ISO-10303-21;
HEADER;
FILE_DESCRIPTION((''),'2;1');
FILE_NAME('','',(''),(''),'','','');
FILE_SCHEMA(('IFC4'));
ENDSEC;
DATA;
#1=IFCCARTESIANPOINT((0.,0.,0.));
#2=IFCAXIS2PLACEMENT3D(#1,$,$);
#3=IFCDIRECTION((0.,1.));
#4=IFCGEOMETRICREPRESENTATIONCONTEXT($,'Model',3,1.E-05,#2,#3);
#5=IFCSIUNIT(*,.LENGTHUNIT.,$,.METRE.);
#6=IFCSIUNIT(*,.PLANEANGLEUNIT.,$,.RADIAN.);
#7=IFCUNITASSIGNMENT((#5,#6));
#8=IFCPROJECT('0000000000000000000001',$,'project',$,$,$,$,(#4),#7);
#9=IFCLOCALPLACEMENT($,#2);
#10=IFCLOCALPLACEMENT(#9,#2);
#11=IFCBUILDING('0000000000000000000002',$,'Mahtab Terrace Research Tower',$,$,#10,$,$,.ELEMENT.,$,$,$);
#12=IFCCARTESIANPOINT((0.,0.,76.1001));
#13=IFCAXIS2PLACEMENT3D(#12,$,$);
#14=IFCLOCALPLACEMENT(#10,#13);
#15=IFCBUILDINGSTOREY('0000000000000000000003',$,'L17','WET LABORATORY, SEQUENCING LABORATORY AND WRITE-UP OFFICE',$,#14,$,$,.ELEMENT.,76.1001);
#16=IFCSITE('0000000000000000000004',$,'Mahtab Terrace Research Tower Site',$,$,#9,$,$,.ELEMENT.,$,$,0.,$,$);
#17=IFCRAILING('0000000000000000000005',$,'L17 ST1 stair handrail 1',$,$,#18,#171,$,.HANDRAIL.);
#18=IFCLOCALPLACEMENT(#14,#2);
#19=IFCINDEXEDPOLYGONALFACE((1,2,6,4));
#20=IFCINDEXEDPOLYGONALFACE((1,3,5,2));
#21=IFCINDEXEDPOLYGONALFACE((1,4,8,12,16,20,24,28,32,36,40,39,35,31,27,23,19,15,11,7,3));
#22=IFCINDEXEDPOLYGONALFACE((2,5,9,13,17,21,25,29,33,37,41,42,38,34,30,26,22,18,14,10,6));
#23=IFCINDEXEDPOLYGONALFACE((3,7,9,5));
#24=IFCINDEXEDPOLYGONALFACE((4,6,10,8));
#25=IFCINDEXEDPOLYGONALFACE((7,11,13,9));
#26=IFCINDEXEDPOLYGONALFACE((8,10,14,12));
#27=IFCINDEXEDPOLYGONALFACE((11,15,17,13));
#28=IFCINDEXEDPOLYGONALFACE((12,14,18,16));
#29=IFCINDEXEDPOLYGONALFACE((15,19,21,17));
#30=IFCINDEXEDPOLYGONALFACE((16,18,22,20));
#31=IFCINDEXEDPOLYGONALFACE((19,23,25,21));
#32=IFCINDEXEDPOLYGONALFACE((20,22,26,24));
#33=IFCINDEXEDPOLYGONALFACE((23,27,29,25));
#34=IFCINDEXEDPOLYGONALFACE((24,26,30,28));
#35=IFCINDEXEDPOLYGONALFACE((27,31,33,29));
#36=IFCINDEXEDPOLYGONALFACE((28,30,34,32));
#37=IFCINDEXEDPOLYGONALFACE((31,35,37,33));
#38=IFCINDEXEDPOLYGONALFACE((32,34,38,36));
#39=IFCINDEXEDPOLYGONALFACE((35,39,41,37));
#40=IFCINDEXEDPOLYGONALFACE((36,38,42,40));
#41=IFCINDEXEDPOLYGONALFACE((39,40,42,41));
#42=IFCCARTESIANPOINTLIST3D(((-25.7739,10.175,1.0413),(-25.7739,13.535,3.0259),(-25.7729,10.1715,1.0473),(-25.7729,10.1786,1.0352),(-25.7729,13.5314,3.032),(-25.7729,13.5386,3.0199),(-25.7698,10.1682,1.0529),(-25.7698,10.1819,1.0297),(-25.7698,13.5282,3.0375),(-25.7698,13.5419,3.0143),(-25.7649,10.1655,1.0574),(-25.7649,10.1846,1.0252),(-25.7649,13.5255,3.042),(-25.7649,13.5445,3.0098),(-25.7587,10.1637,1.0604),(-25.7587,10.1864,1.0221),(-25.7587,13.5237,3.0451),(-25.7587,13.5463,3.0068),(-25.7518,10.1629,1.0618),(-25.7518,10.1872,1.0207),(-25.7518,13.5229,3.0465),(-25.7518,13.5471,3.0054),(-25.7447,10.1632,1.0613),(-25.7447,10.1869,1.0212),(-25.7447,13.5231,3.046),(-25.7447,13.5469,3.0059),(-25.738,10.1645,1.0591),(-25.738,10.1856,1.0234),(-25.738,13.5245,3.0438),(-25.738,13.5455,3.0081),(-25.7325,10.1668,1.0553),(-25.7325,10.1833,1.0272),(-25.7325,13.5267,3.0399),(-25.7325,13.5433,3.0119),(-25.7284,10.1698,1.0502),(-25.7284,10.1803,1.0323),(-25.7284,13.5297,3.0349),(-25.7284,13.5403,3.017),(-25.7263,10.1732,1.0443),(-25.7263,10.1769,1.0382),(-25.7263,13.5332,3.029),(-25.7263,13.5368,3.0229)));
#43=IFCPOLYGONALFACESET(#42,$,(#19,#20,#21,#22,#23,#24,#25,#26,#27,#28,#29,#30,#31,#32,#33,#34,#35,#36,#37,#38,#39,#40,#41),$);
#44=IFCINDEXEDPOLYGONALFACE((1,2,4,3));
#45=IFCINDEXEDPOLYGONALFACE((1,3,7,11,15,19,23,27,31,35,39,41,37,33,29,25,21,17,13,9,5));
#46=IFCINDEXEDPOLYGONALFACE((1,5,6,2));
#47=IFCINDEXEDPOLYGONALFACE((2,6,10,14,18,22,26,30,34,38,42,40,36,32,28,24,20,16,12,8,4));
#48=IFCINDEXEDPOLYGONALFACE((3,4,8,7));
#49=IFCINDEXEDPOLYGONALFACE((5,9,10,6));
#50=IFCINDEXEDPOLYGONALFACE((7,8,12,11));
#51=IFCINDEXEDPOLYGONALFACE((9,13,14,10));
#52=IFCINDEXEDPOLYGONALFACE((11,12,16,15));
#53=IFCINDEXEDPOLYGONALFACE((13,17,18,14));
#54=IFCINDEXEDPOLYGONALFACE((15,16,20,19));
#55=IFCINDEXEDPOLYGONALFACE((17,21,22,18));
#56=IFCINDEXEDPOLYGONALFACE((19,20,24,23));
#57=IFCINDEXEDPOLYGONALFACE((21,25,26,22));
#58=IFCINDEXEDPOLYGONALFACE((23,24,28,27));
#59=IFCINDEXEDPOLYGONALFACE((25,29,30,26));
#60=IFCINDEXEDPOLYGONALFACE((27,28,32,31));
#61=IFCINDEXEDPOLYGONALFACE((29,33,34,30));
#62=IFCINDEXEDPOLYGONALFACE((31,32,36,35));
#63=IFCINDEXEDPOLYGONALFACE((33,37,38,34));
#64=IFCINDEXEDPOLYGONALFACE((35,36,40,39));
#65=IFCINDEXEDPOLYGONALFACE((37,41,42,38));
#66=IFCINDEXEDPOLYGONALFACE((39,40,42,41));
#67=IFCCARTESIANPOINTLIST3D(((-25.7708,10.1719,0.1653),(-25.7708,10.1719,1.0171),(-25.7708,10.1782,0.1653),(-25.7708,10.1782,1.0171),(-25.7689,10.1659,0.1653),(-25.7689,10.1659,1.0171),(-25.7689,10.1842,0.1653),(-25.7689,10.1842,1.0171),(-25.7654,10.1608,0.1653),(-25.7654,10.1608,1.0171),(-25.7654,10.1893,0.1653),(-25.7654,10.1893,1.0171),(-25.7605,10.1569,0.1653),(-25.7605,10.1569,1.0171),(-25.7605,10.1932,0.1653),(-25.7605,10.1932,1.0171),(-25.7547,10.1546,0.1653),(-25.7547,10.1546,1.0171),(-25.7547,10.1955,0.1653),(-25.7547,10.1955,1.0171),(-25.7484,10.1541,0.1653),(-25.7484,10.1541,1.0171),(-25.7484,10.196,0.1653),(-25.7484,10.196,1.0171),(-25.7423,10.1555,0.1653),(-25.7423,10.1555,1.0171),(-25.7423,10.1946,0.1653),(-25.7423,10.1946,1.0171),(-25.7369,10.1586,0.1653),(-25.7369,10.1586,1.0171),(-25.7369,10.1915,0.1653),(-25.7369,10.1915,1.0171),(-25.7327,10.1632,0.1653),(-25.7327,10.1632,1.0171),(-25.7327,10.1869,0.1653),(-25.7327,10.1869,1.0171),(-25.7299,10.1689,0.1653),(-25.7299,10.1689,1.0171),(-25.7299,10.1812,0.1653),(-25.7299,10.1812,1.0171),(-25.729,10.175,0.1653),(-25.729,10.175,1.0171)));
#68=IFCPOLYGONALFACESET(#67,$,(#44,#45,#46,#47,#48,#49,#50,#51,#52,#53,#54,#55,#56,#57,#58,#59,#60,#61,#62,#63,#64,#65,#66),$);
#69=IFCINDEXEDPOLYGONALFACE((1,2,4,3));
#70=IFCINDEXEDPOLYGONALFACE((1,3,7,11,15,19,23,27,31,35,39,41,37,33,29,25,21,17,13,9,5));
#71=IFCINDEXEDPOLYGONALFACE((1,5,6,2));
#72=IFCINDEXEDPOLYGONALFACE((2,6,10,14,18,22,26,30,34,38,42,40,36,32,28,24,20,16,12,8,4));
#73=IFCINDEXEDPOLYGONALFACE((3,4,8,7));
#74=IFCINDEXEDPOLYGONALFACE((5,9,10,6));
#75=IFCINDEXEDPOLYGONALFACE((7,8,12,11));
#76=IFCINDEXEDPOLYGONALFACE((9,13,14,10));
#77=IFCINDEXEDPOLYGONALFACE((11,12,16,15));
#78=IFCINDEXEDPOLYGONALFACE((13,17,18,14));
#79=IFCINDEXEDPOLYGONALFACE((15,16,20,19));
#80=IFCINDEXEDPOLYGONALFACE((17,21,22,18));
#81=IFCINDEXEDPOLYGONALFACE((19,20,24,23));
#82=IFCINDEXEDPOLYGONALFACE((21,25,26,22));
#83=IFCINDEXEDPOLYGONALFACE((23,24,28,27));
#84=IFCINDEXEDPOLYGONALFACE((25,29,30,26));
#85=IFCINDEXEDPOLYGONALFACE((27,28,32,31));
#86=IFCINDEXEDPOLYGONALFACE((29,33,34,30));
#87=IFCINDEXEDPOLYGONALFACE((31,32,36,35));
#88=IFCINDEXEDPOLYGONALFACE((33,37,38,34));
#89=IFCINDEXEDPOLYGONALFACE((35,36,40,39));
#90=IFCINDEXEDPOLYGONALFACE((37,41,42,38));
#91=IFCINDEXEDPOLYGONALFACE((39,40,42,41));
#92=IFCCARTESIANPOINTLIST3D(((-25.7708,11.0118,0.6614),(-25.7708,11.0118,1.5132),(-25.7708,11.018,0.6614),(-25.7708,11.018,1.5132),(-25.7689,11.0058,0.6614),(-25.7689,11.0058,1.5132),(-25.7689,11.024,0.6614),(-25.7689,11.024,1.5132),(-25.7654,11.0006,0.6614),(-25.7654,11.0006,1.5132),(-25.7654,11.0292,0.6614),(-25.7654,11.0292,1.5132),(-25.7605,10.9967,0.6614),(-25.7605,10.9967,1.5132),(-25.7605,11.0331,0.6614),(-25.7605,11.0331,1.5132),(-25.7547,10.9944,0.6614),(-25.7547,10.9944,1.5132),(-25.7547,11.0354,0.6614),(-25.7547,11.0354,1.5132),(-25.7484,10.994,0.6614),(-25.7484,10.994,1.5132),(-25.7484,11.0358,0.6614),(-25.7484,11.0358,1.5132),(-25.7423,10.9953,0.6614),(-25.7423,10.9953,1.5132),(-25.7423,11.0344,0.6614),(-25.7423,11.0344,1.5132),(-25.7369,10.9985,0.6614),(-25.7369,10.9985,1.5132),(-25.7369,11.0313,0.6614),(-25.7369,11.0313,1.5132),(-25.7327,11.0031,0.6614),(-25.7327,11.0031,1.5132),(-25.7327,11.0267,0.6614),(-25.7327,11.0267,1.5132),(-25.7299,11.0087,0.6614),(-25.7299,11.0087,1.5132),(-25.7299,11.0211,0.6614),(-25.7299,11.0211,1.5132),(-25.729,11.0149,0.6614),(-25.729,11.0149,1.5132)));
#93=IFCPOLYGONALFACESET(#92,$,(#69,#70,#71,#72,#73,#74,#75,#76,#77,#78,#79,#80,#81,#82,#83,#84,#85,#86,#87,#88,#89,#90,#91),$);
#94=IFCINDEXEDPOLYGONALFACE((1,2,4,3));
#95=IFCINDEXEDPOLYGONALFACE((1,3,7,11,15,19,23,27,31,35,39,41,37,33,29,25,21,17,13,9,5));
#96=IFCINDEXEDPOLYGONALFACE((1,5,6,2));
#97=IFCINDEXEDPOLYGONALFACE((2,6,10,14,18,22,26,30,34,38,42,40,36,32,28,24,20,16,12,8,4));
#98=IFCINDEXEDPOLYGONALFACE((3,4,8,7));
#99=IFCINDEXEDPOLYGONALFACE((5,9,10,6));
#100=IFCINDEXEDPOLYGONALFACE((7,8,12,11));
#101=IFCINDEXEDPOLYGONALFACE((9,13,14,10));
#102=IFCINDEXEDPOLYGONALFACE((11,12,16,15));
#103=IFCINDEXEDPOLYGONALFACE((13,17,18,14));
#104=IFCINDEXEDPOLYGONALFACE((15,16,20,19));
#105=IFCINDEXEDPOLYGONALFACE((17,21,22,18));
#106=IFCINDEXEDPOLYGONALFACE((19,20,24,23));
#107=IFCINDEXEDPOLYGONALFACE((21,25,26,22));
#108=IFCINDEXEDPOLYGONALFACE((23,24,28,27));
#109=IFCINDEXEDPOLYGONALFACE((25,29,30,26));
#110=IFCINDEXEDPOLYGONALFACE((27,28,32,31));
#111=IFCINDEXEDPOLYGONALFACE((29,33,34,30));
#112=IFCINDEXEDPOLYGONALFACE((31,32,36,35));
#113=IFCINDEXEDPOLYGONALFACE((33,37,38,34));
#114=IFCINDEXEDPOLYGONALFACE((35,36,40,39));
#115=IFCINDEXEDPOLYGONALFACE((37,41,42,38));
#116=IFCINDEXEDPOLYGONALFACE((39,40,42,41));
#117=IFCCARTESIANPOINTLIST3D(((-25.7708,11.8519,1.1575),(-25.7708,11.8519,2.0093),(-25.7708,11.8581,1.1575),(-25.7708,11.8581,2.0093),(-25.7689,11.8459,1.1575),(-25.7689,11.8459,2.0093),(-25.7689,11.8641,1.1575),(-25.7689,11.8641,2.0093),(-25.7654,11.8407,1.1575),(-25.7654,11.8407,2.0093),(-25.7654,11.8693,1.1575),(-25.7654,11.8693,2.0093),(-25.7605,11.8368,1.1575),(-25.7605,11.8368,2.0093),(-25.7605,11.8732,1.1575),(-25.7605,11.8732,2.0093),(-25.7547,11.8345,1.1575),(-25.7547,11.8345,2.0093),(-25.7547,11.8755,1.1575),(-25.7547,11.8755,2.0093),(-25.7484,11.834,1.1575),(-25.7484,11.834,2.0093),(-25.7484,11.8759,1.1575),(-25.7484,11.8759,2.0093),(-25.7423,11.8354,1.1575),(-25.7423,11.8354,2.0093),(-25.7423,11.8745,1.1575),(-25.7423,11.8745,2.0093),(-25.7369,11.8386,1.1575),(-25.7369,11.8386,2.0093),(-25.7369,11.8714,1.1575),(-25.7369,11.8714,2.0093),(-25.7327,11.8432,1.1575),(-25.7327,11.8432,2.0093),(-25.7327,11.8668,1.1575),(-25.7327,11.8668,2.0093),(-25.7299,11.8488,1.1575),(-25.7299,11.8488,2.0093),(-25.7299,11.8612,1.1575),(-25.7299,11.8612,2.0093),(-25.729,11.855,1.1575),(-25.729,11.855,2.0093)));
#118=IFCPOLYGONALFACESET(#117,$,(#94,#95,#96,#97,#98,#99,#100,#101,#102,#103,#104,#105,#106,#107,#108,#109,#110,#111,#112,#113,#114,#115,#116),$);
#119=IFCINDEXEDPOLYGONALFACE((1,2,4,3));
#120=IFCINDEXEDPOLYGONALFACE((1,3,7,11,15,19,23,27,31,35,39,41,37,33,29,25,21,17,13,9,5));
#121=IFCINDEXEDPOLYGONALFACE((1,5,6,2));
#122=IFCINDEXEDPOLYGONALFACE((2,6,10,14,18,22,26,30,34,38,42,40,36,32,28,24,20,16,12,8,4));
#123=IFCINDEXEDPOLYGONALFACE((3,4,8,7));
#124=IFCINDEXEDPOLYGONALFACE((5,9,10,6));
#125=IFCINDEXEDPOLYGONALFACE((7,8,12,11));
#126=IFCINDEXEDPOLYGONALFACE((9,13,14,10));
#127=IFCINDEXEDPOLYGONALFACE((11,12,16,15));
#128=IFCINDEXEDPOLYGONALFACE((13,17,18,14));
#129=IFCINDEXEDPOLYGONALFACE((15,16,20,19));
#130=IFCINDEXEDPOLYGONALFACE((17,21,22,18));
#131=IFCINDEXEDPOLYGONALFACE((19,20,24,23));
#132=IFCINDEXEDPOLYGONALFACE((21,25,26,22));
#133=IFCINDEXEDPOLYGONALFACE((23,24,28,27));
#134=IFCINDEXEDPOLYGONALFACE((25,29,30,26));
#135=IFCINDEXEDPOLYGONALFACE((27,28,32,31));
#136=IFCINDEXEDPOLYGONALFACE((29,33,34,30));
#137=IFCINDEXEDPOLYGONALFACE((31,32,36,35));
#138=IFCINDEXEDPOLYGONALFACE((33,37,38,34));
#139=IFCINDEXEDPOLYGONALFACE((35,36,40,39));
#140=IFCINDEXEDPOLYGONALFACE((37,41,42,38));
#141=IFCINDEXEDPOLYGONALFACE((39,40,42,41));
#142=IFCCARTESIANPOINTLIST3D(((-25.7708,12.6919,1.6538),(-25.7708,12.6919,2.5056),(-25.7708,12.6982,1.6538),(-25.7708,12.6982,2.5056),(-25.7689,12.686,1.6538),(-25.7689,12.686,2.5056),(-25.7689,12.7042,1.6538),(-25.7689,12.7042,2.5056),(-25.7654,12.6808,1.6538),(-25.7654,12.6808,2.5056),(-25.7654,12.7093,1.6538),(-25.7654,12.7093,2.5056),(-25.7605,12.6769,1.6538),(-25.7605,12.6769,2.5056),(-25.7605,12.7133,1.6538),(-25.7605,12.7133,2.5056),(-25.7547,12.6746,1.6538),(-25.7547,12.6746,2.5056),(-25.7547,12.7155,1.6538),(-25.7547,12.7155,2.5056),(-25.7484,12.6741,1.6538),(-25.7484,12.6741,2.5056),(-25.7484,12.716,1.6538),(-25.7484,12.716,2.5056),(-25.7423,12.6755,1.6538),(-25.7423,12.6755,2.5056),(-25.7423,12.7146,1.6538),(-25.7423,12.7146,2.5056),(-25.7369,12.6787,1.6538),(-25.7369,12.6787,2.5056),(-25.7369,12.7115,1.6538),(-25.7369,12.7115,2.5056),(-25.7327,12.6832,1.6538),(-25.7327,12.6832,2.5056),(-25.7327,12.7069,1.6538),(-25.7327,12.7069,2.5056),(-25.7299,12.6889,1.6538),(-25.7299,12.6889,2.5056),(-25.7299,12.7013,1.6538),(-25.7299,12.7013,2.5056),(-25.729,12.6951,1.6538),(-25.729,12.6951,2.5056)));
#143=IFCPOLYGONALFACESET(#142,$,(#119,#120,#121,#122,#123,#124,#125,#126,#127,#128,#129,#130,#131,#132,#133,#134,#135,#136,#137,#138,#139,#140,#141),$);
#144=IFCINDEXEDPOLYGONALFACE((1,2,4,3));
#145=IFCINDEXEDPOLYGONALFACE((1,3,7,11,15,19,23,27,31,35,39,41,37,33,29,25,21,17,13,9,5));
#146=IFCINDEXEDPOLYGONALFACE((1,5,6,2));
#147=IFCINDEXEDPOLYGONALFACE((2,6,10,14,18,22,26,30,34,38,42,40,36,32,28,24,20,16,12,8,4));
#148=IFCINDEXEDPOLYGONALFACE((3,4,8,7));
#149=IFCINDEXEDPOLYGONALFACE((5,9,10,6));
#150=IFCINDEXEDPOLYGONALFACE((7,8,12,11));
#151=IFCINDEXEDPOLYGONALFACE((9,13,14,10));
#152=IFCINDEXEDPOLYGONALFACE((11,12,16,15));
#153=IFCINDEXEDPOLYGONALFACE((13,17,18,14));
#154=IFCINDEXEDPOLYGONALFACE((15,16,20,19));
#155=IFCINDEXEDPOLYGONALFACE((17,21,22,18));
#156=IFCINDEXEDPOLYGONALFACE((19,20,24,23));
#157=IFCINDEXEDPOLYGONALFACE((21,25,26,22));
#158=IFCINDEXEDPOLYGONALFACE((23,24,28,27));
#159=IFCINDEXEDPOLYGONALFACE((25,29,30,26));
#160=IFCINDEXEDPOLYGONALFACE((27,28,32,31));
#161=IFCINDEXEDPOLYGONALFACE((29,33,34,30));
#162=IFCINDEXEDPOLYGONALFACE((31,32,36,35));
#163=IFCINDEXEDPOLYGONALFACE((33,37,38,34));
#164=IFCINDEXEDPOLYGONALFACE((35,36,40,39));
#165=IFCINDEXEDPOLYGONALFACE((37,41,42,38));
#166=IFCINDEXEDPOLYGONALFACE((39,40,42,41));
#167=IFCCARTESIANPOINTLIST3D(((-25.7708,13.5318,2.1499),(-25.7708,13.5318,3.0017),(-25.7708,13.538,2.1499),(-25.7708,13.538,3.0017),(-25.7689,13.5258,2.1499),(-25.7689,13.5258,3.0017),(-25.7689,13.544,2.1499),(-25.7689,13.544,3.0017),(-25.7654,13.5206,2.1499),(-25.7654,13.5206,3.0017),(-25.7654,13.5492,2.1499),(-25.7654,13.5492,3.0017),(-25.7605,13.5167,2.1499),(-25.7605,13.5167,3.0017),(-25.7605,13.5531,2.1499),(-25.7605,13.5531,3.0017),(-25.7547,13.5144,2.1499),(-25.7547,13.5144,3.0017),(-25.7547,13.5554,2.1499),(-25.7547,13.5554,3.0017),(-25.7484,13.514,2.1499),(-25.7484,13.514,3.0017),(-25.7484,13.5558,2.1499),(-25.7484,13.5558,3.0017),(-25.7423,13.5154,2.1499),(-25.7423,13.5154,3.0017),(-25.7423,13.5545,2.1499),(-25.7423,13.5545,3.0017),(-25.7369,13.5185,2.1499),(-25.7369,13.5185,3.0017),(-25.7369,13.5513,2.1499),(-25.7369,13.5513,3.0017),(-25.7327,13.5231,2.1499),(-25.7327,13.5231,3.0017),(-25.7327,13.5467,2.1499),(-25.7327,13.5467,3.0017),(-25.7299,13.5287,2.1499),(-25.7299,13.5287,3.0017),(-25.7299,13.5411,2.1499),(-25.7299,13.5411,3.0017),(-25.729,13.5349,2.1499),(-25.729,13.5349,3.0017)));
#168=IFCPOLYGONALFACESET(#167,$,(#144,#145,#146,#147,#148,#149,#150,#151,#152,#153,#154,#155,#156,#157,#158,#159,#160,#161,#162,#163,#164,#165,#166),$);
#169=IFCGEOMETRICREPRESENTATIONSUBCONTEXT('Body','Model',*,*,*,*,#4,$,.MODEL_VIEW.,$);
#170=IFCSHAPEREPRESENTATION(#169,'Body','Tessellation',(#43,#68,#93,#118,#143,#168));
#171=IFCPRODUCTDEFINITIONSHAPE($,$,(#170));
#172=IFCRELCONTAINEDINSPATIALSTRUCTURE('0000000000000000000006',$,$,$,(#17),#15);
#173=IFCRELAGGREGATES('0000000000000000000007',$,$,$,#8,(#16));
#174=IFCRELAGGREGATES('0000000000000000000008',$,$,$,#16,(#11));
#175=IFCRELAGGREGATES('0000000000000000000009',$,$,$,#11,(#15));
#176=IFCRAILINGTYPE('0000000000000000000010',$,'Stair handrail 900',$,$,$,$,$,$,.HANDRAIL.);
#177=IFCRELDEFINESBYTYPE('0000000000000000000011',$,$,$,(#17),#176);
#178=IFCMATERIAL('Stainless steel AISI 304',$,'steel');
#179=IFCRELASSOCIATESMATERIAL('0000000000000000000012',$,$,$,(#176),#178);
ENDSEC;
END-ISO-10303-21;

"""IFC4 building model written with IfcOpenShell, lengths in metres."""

from ifc_helpers import new_model, si_unit, direction, frame, origin, origin_2d, place, context, subcontext, project, spatial, circle, extrude, material, type_object, element, save


model = new_model("IFC4")

# Units and contexts
model_context = context("Model", 3, precision=1e-05, world=origin(), true_north=direction((0.0, 1.0)))
body_context = subcontext(model_context, "Body", "Model", "MODEL_VIEW")
ifc_project = project(units=[si_unit("LENGTHUNIT", "METRE"), si_unit("PLANEANGLEUNIT", "RADIAN")], contexts=[model_context])

# Site, building, storey
site_placement = place(None, origin())
site = spatial("IfcSite", under=ifc_project, at=site_placement, Name="Mahtab Terrace Research Tower Site", CompositionType="ELEMENT", RefElevation=0.0)
building_placement = place(site_placement, origin())
building = spatial("IfcBuilding", under=site, at=building_placement, Name="Mahtab Terrace Research Tower", CompositionType="ELEMENT")
storey_placement = place(building_placement, frame((0.0, 0.0, 76.1001)))
storey = spatial("IfcBuildingStorey", under=building, at=storey_placement, Name="L17", Description="WET LABORATORY, SEQUENCING LABORATORY AND WRITE-UP OFFICE", CompositionType="ELEMENT", Elevation=76.1001)

# Railing
ifc_material_1 = material(Name="Stainless steel AISI 304", Category="steel")
railing_type_1 = type_object("IfcRailingType", Name="Stair handrail 900", PredefinedType="HANDRAIL", material=ifc_material_1)
railing_1_placement = place(storey_placement, frame((-25.75, 10.175, 0.1653)))
element("IfcRailing", 1, at=railing_1_placement, inside=storey, type_object=railing_type_1, Name="L17 ST1 stair handrail 1", PredefinedType="HANDRAIL", context=body_context, shape_type="SweptSolid", body=[
    extrude(circle(Radius=0.0239, at=origin_2d()), frame((0.0, 0.0, 0.876), z_axis=(0.0, 0.861011, 0.508586), x_axis=(-1.0, 0.0, 0.0)), (0.0, 0.0, 1.0), 3.9023),
    extrude(circle(Radius=0.021, at=origin_2d()), origin(), (0.0, 0.0, 1.0), 0.8518),
    extrude(circle(Radius=0.021, at=origin_2d()), frame((0.0, 0.8398, 0.4961)), (0.0, 0.0, 1.0), 0.8518),
    extrude(circle(Radius=0.021, at=origin_2d()), frame((0.0, 1.6799, 0.9922)), (0.0, 0.0, 1.0), 0.8518),
    extrude(circle(Radius=0.021, at=origin_2d()), frame((0.0, 2.52, 1.4885)), (0.0, 0.0, 1.0), 0.8518),
    extrude(circle(Radius=0.021, at=origin_2d()), frame((0.0, 3.3599, 1.9846)), (0.0, 0.0, 1.0), 0.8518),
])

save(model, "model.ifc")
